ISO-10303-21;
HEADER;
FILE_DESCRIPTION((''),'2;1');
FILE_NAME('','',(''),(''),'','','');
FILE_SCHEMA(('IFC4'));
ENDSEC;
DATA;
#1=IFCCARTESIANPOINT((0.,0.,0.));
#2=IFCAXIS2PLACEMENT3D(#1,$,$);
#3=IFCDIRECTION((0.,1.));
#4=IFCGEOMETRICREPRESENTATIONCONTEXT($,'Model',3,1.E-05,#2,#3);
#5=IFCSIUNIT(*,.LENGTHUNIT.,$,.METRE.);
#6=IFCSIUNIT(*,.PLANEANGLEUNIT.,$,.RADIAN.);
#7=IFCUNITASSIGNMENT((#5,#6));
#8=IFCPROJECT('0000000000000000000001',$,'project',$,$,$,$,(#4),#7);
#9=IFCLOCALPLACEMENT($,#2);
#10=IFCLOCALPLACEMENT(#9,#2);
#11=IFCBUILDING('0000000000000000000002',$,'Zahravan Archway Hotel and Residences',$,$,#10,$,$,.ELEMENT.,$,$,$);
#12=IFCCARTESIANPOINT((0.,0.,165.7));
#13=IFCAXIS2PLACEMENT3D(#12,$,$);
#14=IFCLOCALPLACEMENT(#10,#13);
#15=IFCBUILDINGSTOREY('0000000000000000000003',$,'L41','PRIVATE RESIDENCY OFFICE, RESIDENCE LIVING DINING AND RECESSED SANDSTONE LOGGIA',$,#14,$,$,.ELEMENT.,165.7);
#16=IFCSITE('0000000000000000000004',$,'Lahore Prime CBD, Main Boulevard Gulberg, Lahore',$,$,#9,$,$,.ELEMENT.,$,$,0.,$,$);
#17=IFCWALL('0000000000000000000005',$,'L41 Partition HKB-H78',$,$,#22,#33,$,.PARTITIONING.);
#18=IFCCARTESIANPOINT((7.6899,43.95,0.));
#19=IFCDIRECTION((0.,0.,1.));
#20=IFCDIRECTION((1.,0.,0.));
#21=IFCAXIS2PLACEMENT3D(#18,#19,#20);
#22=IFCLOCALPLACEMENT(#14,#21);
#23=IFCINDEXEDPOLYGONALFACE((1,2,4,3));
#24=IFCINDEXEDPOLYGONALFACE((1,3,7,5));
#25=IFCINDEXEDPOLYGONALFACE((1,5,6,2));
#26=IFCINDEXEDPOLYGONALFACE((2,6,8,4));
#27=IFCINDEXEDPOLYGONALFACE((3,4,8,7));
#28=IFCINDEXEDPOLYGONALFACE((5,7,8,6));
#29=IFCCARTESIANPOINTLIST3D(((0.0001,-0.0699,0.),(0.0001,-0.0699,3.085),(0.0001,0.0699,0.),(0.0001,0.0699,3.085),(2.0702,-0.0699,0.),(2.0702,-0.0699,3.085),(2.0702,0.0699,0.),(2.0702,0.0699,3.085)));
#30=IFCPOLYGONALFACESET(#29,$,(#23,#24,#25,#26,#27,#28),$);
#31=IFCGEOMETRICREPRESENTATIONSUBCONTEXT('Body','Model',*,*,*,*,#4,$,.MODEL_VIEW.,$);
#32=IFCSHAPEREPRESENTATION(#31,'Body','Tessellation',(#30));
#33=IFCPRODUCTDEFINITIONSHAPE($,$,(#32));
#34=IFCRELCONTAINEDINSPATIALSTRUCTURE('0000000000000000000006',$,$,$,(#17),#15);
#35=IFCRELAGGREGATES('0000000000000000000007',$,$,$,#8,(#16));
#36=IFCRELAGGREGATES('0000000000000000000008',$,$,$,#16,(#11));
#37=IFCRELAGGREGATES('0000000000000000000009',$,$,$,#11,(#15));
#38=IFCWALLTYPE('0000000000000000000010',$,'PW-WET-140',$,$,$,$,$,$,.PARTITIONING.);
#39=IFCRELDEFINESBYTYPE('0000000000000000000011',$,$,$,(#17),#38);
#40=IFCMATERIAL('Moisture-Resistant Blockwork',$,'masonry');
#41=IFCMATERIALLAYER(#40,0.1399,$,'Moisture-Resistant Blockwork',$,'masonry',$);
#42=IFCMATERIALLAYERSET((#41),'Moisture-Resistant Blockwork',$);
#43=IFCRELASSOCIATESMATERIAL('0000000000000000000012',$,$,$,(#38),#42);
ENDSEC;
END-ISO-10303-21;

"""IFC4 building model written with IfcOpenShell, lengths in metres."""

from ifc_helpers import new_model, si_unit, direction, frame, frame_2d, origin, place, context, subcontext, project, spatial, rectangle, extrude, material, layer, layer_set, type_object, element, save


model = new_model("IFC4")

# Units and contexts
model_context = context("Model", 3, precision=1e-05, world=origin(), true_north=direction((0.0, 1.0)))
body_context = subcontext(model_context, "Body", "Model", "MODEL_VIEW")
ifc_project = project(units=[si_unit("LENGTHUNIT", "METRE"), si_unit("PLANEANGLEUNIT", "RADIAN")], contexts=[model_context])

# Site, building, storey
site_placement = place(None, origin())
site = spatial("IfcSite", under=ifc_project, at=site_placement, Name="Lahore Prime CBD, Main Boulevard Gulberg, Lahore", CompositionType="ELEMENT", RefElevation=0.0)
building_placement = place(site_placement, origin())
building = spatial("IfcBuilding", under=site, at=building_placement, Name="Zahravan Archway Hotel and Residences", CompositionType="ELEMENT")
storey_placement = place(building_placement, frame((0.0, 0.0, 165.7)))
storey = spatial("IfcBuildingStorey", under=building, at=storey_placement, Name="L41", Description="PRIVATE RESIDENCY OFFICE, RESIDENCE LIVING DINING AND RECESSED SANDSTONE LOGGIA", CompositionType="ELEMENT", Elevation=165.7)

# Wall
ifc_material_1 = material(Name="Moisture-Resistant Blockwork", Category="masonry")
ifc_layer_1 = layer(ifc_material_1, 0.1399, Name="Moisture-Resistant Blockwork", Category="masonry")
ifc_layer_set_1 = layer_set([ifc_layer_1], Name="Moisture-Resistant Blockwork")
wall_type_1 = type_object("IfcWallType", Name="PW-WET-140", PredefinedType="PARTITIONING", material=ifc_layer_set_1)
wall_1_placement = place(storey_placement, frame((7.6899, 43.95, 0.0), z_axis=(0.0, 0.0, 1.0), x_axis=(1.0, 0.0, 0.0)))
element("IfcWall", 1, at=wall_1_placement, inside=storey, type_object=wall_type_1, Name="L41 Partition HKB-H78", PredefinedType="PARTITIONING", context=body_context, shape_type="SweptSolid", body=[
    extrude(rectangle(XDim=2.0701, YDim=0.1399, at=frame_2d((1.0352, 0.0))), origin(), (0.0, 0.0, 1.0), 3.085),
])

save(model, "model.ifc")
